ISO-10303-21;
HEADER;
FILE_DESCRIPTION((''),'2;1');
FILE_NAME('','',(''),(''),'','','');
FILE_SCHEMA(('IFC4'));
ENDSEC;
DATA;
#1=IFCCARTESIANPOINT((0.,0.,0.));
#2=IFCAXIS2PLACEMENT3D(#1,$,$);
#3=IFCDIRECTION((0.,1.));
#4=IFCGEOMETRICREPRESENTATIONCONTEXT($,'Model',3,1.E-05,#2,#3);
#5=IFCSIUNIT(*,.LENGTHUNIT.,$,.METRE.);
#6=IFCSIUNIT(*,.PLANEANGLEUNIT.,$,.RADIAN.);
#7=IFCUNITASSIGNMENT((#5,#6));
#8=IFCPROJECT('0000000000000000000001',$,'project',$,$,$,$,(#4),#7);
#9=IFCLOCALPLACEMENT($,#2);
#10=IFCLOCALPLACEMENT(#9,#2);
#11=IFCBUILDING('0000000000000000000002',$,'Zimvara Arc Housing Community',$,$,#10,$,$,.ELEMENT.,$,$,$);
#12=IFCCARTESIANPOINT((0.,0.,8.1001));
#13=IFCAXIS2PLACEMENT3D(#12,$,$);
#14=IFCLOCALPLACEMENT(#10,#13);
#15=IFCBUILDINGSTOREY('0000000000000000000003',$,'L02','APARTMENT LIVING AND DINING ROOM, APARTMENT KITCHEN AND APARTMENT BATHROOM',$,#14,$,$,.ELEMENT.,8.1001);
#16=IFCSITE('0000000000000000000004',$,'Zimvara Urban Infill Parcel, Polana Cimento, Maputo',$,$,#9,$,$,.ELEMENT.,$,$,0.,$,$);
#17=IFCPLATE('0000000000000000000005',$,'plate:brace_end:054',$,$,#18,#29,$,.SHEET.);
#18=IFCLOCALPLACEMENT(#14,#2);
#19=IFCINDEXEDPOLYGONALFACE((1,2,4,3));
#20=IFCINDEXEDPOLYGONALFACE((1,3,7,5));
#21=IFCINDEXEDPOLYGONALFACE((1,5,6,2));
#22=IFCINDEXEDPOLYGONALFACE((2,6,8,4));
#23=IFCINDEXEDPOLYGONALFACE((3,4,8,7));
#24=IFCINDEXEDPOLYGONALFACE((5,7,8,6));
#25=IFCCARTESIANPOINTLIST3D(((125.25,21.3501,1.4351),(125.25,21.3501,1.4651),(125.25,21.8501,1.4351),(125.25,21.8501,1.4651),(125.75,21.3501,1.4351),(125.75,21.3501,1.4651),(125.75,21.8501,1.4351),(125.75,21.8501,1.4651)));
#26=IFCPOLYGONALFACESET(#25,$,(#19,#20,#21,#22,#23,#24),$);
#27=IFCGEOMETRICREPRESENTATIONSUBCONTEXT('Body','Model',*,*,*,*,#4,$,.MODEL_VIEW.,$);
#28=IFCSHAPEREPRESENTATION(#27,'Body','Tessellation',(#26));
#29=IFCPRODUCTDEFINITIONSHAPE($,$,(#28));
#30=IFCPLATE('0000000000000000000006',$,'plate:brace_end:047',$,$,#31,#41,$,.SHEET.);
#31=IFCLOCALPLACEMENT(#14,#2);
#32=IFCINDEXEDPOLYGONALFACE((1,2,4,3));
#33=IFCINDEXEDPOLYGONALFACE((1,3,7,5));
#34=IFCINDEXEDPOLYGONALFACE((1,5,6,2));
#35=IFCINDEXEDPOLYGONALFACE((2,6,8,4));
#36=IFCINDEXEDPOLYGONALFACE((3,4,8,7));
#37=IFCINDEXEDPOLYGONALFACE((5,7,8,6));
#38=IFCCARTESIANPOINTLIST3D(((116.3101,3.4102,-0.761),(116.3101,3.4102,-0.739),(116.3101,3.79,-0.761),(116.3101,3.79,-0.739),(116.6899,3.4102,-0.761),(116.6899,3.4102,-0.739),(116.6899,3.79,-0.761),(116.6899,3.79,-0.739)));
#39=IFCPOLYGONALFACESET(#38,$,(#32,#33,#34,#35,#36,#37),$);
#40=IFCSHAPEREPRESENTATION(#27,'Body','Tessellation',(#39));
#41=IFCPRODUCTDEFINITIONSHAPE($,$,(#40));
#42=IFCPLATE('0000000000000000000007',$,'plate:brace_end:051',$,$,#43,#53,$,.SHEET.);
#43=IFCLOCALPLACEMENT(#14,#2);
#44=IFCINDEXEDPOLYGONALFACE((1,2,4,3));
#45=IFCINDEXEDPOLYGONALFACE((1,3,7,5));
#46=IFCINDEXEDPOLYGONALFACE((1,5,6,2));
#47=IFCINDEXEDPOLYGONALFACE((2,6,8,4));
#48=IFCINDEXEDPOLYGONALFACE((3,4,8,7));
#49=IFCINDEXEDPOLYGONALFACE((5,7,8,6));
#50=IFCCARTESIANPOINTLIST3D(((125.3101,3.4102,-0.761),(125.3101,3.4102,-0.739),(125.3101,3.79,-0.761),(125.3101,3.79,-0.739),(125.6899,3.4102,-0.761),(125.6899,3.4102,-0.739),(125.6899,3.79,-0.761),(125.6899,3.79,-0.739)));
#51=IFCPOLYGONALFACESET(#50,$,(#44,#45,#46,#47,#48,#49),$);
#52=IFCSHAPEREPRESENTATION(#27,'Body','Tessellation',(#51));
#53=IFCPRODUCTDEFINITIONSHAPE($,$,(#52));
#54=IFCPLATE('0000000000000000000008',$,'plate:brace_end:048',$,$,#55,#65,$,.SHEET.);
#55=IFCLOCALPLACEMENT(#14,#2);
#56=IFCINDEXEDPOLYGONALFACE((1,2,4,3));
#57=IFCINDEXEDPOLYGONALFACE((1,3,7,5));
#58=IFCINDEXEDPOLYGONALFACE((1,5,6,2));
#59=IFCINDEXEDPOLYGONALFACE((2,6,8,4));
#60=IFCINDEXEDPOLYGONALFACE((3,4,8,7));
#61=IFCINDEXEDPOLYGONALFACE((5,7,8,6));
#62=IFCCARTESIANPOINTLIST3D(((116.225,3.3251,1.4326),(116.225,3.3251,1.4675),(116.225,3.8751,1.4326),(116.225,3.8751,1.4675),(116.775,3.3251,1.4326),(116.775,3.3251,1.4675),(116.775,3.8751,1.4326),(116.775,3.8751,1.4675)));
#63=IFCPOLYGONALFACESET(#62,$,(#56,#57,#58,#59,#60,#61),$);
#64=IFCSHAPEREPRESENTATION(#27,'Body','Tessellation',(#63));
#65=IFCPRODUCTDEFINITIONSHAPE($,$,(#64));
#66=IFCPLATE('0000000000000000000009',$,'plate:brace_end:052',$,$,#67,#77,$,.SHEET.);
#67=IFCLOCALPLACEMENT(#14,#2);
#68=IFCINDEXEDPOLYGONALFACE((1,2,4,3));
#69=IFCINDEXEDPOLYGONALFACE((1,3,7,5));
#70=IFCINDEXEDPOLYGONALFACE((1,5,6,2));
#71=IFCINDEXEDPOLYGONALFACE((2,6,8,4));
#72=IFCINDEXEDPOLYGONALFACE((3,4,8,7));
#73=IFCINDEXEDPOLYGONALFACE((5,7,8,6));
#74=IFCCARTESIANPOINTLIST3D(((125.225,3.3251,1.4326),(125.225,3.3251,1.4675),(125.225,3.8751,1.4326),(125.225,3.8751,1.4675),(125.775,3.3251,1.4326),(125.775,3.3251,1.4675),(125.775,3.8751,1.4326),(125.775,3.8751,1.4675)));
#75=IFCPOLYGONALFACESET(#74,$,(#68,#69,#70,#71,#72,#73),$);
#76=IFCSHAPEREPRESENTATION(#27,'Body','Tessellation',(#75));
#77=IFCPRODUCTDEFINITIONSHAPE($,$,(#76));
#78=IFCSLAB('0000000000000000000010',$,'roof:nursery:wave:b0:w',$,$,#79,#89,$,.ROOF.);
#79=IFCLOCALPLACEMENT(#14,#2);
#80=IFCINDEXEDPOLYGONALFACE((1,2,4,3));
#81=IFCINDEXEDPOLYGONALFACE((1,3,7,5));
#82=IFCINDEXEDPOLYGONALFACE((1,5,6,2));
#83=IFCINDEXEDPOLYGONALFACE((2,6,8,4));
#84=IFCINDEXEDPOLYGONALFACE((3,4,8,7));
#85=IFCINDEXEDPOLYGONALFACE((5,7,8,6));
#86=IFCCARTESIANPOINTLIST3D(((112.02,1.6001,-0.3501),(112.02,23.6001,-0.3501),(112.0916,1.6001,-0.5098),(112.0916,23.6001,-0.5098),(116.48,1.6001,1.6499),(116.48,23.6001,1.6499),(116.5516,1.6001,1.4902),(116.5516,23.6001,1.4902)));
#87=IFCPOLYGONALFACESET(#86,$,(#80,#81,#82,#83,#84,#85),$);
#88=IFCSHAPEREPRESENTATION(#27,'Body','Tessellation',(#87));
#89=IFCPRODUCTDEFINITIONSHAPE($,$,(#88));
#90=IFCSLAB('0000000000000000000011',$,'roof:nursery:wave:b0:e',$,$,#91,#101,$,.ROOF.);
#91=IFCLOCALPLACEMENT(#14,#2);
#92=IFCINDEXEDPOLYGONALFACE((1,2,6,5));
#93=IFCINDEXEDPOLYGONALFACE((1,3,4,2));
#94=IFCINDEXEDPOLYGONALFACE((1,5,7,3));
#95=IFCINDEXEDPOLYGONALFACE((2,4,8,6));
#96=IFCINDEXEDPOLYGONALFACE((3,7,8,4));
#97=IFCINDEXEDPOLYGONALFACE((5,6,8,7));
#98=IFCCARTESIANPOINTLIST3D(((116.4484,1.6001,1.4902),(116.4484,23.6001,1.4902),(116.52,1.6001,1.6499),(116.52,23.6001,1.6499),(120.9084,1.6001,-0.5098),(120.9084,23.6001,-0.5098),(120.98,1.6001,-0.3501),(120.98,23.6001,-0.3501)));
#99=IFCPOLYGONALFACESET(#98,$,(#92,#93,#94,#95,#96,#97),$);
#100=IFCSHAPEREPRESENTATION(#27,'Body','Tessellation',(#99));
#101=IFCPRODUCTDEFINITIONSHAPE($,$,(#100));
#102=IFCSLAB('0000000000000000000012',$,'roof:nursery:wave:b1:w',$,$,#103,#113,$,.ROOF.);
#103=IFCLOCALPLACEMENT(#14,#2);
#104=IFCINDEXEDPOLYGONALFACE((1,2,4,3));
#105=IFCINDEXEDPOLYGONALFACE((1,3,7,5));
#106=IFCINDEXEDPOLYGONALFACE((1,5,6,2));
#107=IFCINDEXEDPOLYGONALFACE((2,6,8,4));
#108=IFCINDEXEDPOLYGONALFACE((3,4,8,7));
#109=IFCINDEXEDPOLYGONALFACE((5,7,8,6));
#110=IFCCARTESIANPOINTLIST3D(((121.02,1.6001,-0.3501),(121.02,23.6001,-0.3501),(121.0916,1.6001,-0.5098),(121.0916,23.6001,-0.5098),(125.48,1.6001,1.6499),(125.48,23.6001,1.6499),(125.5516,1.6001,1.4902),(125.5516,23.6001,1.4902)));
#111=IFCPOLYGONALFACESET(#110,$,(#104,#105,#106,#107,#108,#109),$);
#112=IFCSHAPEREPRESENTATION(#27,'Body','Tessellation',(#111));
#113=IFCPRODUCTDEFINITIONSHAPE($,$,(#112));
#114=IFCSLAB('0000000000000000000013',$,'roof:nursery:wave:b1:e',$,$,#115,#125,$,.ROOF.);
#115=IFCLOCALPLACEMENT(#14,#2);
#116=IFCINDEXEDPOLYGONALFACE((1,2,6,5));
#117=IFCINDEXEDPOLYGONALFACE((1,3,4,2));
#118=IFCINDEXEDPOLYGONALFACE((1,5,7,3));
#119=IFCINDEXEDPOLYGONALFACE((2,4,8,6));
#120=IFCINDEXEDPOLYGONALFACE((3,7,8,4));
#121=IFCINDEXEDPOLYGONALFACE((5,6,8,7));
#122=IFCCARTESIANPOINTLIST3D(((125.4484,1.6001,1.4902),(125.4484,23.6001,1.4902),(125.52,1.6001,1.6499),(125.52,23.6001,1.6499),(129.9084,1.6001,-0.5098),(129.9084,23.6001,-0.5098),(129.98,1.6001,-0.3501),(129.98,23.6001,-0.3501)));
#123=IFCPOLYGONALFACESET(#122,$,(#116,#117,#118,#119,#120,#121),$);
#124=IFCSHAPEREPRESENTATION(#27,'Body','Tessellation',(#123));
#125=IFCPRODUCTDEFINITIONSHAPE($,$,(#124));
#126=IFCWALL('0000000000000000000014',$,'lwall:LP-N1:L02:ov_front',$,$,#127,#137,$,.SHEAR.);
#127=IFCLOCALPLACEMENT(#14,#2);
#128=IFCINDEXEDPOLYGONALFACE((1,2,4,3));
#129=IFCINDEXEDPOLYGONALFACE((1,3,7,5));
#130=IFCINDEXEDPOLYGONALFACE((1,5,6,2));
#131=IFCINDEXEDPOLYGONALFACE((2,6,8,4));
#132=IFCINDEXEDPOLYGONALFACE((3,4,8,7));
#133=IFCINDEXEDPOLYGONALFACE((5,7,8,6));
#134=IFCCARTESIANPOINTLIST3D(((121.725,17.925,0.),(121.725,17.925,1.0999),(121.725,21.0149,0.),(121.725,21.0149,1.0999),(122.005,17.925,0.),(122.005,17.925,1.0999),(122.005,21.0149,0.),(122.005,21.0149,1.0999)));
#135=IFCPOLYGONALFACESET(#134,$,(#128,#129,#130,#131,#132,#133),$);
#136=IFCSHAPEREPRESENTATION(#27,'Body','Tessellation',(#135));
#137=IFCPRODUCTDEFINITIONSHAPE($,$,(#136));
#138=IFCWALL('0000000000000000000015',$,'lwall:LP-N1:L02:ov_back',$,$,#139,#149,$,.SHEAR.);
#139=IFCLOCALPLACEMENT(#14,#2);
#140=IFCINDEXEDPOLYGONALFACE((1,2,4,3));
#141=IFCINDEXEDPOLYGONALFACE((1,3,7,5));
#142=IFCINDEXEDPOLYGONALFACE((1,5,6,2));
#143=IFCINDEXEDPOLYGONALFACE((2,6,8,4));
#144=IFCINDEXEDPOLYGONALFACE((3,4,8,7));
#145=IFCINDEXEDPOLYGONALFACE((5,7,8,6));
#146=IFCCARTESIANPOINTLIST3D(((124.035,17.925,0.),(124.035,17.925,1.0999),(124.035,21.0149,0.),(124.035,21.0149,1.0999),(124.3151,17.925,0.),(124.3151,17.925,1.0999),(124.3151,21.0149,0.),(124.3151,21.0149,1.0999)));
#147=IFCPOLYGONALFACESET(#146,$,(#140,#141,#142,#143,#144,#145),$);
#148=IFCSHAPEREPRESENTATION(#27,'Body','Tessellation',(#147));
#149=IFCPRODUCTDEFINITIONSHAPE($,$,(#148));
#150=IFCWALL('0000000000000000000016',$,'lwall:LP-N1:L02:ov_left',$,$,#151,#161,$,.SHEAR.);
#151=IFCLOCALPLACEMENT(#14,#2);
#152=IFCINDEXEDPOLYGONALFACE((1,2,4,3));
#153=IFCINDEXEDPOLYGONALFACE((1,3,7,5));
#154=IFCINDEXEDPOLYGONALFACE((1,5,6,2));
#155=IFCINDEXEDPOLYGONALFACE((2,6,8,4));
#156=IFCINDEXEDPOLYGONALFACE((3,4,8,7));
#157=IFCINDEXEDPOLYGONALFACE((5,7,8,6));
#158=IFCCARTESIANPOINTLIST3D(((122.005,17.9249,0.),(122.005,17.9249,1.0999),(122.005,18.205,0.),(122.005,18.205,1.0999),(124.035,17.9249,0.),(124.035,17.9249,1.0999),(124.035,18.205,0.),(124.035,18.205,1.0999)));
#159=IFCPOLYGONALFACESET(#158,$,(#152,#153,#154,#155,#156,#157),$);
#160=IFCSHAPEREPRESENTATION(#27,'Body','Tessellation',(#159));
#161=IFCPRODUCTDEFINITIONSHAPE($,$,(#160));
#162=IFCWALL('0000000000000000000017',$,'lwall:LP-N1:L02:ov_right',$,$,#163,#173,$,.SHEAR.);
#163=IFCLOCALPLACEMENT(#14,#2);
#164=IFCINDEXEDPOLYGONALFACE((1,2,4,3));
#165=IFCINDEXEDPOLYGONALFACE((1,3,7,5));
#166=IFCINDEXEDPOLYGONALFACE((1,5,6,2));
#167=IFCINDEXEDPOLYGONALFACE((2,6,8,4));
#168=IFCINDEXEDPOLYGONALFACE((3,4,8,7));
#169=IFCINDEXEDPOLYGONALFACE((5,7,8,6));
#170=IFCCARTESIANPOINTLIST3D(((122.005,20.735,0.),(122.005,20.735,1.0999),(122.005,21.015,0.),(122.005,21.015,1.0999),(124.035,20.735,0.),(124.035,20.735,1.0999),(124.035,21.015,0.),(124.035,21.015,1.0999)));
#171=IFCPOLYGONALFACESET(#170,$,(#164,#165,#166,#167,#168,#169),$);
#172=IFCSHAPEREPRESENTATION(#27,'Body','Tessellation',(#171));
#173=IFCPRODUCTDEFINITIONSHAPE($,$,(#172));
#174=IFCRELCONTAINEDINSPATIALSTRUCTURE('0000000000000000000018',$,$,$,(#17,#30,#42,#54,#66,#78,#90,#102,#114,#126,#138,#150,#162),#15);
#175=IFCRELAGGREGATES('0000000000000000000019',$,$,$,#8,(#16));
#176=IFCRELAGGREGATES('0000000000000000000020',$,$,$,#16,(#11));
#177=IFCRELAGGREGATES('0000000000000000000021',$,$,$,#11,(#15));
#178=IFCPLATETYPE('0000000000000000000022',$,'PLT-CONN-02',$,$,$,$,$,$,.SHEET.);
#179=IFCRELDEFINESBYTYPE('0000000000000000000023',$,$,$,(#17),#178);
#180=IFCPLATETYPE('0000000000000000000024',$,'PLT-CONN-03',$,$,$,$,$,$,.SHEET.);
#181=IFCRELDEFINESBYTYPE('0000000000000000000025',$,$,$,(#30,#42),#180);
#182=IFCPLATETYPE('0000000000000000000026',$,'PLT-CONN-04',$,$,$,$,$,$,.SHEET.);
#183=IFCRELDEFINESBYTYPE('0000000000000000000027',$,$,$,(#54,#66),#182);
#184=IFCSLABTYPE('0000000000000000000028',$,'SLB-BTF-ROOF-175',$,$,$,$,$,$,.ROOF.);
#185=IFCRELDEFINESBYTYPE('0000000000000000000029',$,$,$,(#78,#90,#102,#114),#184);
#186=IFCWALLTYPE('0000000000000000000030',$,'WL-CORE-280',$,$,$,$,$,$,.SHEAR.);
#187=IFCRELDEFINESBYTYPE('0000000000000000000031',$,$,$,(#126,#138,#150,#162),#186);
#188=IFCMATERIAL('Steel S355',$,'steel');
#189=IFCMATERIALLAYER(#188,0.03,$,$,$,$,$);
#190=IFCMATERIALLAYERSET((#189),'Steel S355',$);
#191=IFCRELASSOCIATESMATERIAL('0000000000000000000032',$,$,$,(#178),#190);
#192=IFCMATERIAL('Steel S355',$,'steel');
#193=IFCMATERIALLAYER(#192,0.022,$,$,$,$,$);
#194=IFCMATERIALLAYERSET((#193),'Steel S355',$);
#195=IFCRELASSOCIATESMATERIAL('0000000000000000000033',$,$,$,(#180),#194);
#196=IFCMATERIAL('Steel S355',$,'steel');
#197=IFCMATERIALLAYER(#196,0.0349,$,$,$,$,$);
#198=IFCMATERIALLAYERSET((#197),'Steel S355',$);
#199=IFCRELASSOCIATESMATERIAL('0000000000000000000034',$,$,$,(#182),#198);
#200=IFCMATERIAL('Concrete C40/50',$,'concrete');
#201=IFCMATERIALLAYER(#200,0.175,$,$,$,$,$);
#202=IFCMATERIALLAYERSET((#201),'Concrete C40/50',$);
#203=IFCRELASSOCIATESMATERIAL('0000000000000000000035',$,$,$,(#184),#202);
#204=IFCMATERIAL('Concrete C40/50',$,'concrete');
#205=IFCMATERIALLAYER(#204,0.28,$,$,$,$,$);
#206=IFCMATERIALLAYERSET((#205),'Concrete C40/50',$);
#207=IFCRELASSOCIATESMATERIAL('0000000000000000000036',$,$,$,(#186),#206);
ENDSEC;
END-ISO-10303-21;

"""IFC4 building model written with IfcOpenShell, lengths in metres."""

from ifc_helpers import new_model, si_unit, direction, frame, frame_2d, origin, origin_2d, place, context, subcontext, project, spatial, polyline, rectangle, outline, extrude, material, layer, layer_set, type_object, element, save


model = new_model("IFC4")

# Units and contexts
model_context = context("Model", 3, precision=1e-05, world=origin(), true_north=direction((0.0, 1.0)))
body_context = subcontext(model_context, "Body", "Model", "MODEL_VIEW")
ifc_project = project(units=[si_unit("LENGTHUNIT", "METRE"), si_unit("PLANEANGLEUNIT", "RADIAN")], contexts=[model_context])

# Site, building, storey
site_placement = place(None, origin())
site = spatial("IfcSite", under=ifc_project, at=site_placement, Name="Zimvara Urban Infill Parcel, Polana Cimento, Maputo", CompositionType="ELEMENT", RefElevation=0.0)
building_placement = place(site_placement, origin())
building = spatial("IfcBuilding", under=site, at=building_placement, Name="Zimvara Arc Housing Community", CompositionType="ELEMENT")
storey_placement = place(building_placement, frame((0.0, 0.0, 8.1001)))
storey = spatial("IfcBuildingStorey", under=building, at=storey_placement, Name="L02", Description="APARTMENT LIVING AND DINING ROOM, APARTMENT KITCHEN AND APARTMENT BATHROOM", CompositionType="ELEMENT", Elevation=8.1001)

# Plates
ifc_material_1 = material(Name="Steel S355", Category="steel")
ifc_layer_1 = layer(ifc_material_1, 0.03)
ifc_layer_set_1 = layer_set([ifc_layer_1], Name="Steel S355")
plate_type_1 = type_object("IfcPlateType", Name="PLT-CONN-02", PredefinedType="SHEET", material=ifc_layer_set_1)
for number, where, z_axis, x_axis, name in (
    (1, (125.5, 21.6001, 1.4351), (0.0, 0.0, 1.0), (1.0, 0.0, 0.0), "plate:brace_end:054"),
):
    element("IfcPlate", number, at=place(storey_placement, frame(where, z_axis=z_axis, x_axis=x_axis)), inside=storey, type_object=plate_type_1, Name=name, PredefinedType="SHEET", context=body_context, shape_type="SweptSolid", body=[
        extrude(rectangle(XDim=0.5, YDim=0.5, at=origin_2d()), origin(), (0.0, 0.0, 1.0), 0.03),
    ])
ifc_material_2 = material(Name="Steel S355", Category="steel")
ifc_layer_2 = layer(ifc_material_2, 0.022)
ifc_layer_set_2 = layer_set([ifc_layer_2], Name="Steel S355")
plate_type_2 = type_object("IfcPlateType", Name="PLT-CONN-03", PredefinedType="SHEET", material=ifc_layer_set_2)
for number, where, z_axis, x_axis, name in (
    (2, (116.5, 3.6001, -0.761), (0.0, 0.0, 1.0), (1.0, 0.0, 0.0), "plate:brace_end:047"),
    (3, (125.5, 3.6001, -0.761), (0.0, 0.0, 1.0), (1.0, 0.0, 0.0), "plate:brace_end:051"),
):
    element("IfcPlate", number, at=place(storey_placement, frame(where, z_axis=z_axis, x_axis=x_axis)), inside=storey, type_object=plate_type_2, Name=name, PredefinedType="SHEET", context=body_context, shape_type="SweptSolid", body=[
        extrude(rectangle(XDim=0.3799, YDim=0.3799, at=origin_2d()), origin(), (0.0, 0.0, 1.0), 0.022),
    ])
ifc_material_3 = material(Name="Steel S355", Category="steel")
ifc_layer_3 = layer(ifc_material_3, 0.0349)
ifc_layer_set_3 = layer_set([ifc_layer_3], Name="Steel S355")
plate_type_3 = type_object("IfcPlateType", Name="PLT-CONN-04", PredefinedType="SHEET", material=ifc_layer_set_3)
for number, where, z_axis, x_axis, name in (
    (4, (116.5, 3.6001, 1.4326), (0.0, 0.0, 1.0), (1.0, 0.0, 0.0), "plate:brace_end:048"),
    (5, (125.5, 3.6001, 1.4326), (0.0, 0.0, 1.0), (1.0, 0.0, 0.0), "plate:brace_end:052"),
):
    element("IfcPlate", number, at=place(storey_placement, frame(where, z_axis=z_axis, x_axis=x_axis)), inside=storey, type_object=plate_type_3, Name=name, PredefinedType="SHEET", context=body_context, shape_type="SweptSolid", body=[
        extrude(rectangle(XDim=0.55, YDim=0.55, at=origin_2d()), origin(), (0.0, 0.0, 1.0), 0.0349),
    ])

# Slabs
ifc_material_4 = material(Name="Concrete C40/50", Category="concrete")
ifc_layer_4 = layer(ifc_material_4, 0.175)
ifc_layer_set_4 = layer_set([ifc_layer_4], Name="Concrete C40/50")
slab_type = type_object("IfcSlabType", Name="SLB-BTF-ROOF-175", PredefinedType="ROOF", material=ifc_layer_set_4)
slab_1_placement = place(storey_placement, frame((112.02, 1.6001, -0.3501), z_axis=(-0.409176, 0.0, 0.912455), x_axis=(0.912455, 0.0, 0.409176)))
element("IfcSlab", 6, at=slab_1_placement, inside=storey, type_object=slab_type, Name="roof:nursery:wave:b0:w", PredefinedType="ROOF", context=body_context, shape_type="SweptSolid", body=[
    extrude(outline(polyline([(0.0, 0.0), (4.8879, 0.0), (4.8879, 22.0), (0.0, 22.0), (0.0, 0.0)])), origin(), (0.0, 0.0, -1.0), 0.175),
])
slab_2_placement = place(storey_placement, frame((116.52, 23.6001, 1.6499), z_axis=(0.409176, 0.0, 0.912455), x_axis=(0.912455, 0.0, -0.409176)))
element("IfcSlab", 7, at=slab_2_placement, inside=storey, type_object=slab_type, Name="roof:nursery:wave:b0:e", PredefinedType="ROOF", context=body_context, shape_type="SweptSolid", body=[
    extrude(outline(polyline([(0.0, 0.0), (4.8879, 0.0), (4.8879, -22.0), (0.0, -22.0), (0.0, 0.0)])), origin(), (0.0, 0.0, -1.0), 0.175),
])
slab_3_placement = place(storey_placement, frame((121.02, 1.6001, -0.3501), z_axis=(-0.409176, 0.0, 0.912455), x_axis=(0.912455, 0.0, 0.409176)))
element("IfcSlab", 8, at=slab_3_placement, inside=storey, type_object=slab_type, Name="roof:nursery:wave:b1:w", PredefinedType="ROOF", context=body_context, shape_type="SweptSolid", body=[
    extrude(outline(polyline([(0.0, 0.0), (4.8879, 0.0), (4.8879, 22.0), (0.0, 22.0), (0.0, 0.0)])), origin(), (0.0, 0.0, -1.0), 0.175),
])
slab_4_placement = place(storey_placement, frame((125.52, 23.6001, 1.6499), z_axis=(0.409176, 0.0, 0.912455), x_axis=(0.912455, 0.0, -0.409176)))
element("IfcSlab", 9, at=slab_4_placement, inside=storey, type_object=slab_type, Name="roof:nursery:wave:b1:e", PredefinedType="ROOF", context=body_context, shape_type="SweptSolid", body=[
    extrude(outline(polyline([(0.0, 0.0), (4.8879, 0.0), (4.8879, -22.0), (0.0, -22.0), (0.0, 0.0)])), origin(), (0.0, 0.0, -1.0), 0.175),
])

# Walls
ifc_material_5 = material(Name="Concrete C40/50", Category="concrete")
ifc_layer_5 = layer(ifc_material_5, 0.28)
ifc_layer_set_5 = layer_set([ifc_layer_5], Name="Concrete C40/50")
wall_type = type_object("IfcWallType", Name="WL-CORE-280", PredefinedType="SHEAR", material=ifc_layer_set_5)
for number, where, z_axis, x_axis, name in (
    (10, (121.865, 17.925, 0.0), (0.0, 0.0, 1.0), (0.0, 1.0, 0.0), "lwall:LP-N1:L02:ov_front"),
    (11, (124.175, 17.925, 0.0), (0.0, 0.0, 1.0), (0.0, 1.0, 0.0), "lwall:LP-N1:L02:ov_back"),
):
    element("IfcWall", number, at=place(storey_placement, frame(where, z_axis=z_axis, x_axis=x_axis)), inside=storey, type_object=wall_type, Name=name, PredefinedType="SHEAR", context=body_context, shape_type="SweptSolid", body=[
        extrude(rectangle(XDim=3.0898, YDim=0.28, at=frame_2d((1.5449, 0.0))), origin(), (0.0, 0.0, 1.0), 1.0999),
    ])
for number, where, z_axis, x_axis, name in (
    (12, (122.0049, 18.0649, 0.0), (0.0, 0.0, 1.0), (1.0, 0.0, 0.0), "lwall:LP-N1:L02:ov_left"),
    (13, (122.0049, 20.875, 0.0), (0.0, 0.0, 1.0), (1.0, 0.0, 0.0), "lwall:LP-N1:L02:ov_right"),
):
    element("IfcWall", number, at=place(storey_placement, frame(where, z_axis=z_axis, x_axis=x_axis)), inside=storey, type_object=wall_type, Name=name, PredefinedType="SHEAR", context=body_context, shape_type="SweptSolid", body=[
        extrude(rectangle(XDim=2.03, YDim=0.28, at=frame_2d((1.0151, 0.0))), origin(), (0.0, 0.0, 1.0), 1.0999),
    ])

save(model, "model.ifc")
